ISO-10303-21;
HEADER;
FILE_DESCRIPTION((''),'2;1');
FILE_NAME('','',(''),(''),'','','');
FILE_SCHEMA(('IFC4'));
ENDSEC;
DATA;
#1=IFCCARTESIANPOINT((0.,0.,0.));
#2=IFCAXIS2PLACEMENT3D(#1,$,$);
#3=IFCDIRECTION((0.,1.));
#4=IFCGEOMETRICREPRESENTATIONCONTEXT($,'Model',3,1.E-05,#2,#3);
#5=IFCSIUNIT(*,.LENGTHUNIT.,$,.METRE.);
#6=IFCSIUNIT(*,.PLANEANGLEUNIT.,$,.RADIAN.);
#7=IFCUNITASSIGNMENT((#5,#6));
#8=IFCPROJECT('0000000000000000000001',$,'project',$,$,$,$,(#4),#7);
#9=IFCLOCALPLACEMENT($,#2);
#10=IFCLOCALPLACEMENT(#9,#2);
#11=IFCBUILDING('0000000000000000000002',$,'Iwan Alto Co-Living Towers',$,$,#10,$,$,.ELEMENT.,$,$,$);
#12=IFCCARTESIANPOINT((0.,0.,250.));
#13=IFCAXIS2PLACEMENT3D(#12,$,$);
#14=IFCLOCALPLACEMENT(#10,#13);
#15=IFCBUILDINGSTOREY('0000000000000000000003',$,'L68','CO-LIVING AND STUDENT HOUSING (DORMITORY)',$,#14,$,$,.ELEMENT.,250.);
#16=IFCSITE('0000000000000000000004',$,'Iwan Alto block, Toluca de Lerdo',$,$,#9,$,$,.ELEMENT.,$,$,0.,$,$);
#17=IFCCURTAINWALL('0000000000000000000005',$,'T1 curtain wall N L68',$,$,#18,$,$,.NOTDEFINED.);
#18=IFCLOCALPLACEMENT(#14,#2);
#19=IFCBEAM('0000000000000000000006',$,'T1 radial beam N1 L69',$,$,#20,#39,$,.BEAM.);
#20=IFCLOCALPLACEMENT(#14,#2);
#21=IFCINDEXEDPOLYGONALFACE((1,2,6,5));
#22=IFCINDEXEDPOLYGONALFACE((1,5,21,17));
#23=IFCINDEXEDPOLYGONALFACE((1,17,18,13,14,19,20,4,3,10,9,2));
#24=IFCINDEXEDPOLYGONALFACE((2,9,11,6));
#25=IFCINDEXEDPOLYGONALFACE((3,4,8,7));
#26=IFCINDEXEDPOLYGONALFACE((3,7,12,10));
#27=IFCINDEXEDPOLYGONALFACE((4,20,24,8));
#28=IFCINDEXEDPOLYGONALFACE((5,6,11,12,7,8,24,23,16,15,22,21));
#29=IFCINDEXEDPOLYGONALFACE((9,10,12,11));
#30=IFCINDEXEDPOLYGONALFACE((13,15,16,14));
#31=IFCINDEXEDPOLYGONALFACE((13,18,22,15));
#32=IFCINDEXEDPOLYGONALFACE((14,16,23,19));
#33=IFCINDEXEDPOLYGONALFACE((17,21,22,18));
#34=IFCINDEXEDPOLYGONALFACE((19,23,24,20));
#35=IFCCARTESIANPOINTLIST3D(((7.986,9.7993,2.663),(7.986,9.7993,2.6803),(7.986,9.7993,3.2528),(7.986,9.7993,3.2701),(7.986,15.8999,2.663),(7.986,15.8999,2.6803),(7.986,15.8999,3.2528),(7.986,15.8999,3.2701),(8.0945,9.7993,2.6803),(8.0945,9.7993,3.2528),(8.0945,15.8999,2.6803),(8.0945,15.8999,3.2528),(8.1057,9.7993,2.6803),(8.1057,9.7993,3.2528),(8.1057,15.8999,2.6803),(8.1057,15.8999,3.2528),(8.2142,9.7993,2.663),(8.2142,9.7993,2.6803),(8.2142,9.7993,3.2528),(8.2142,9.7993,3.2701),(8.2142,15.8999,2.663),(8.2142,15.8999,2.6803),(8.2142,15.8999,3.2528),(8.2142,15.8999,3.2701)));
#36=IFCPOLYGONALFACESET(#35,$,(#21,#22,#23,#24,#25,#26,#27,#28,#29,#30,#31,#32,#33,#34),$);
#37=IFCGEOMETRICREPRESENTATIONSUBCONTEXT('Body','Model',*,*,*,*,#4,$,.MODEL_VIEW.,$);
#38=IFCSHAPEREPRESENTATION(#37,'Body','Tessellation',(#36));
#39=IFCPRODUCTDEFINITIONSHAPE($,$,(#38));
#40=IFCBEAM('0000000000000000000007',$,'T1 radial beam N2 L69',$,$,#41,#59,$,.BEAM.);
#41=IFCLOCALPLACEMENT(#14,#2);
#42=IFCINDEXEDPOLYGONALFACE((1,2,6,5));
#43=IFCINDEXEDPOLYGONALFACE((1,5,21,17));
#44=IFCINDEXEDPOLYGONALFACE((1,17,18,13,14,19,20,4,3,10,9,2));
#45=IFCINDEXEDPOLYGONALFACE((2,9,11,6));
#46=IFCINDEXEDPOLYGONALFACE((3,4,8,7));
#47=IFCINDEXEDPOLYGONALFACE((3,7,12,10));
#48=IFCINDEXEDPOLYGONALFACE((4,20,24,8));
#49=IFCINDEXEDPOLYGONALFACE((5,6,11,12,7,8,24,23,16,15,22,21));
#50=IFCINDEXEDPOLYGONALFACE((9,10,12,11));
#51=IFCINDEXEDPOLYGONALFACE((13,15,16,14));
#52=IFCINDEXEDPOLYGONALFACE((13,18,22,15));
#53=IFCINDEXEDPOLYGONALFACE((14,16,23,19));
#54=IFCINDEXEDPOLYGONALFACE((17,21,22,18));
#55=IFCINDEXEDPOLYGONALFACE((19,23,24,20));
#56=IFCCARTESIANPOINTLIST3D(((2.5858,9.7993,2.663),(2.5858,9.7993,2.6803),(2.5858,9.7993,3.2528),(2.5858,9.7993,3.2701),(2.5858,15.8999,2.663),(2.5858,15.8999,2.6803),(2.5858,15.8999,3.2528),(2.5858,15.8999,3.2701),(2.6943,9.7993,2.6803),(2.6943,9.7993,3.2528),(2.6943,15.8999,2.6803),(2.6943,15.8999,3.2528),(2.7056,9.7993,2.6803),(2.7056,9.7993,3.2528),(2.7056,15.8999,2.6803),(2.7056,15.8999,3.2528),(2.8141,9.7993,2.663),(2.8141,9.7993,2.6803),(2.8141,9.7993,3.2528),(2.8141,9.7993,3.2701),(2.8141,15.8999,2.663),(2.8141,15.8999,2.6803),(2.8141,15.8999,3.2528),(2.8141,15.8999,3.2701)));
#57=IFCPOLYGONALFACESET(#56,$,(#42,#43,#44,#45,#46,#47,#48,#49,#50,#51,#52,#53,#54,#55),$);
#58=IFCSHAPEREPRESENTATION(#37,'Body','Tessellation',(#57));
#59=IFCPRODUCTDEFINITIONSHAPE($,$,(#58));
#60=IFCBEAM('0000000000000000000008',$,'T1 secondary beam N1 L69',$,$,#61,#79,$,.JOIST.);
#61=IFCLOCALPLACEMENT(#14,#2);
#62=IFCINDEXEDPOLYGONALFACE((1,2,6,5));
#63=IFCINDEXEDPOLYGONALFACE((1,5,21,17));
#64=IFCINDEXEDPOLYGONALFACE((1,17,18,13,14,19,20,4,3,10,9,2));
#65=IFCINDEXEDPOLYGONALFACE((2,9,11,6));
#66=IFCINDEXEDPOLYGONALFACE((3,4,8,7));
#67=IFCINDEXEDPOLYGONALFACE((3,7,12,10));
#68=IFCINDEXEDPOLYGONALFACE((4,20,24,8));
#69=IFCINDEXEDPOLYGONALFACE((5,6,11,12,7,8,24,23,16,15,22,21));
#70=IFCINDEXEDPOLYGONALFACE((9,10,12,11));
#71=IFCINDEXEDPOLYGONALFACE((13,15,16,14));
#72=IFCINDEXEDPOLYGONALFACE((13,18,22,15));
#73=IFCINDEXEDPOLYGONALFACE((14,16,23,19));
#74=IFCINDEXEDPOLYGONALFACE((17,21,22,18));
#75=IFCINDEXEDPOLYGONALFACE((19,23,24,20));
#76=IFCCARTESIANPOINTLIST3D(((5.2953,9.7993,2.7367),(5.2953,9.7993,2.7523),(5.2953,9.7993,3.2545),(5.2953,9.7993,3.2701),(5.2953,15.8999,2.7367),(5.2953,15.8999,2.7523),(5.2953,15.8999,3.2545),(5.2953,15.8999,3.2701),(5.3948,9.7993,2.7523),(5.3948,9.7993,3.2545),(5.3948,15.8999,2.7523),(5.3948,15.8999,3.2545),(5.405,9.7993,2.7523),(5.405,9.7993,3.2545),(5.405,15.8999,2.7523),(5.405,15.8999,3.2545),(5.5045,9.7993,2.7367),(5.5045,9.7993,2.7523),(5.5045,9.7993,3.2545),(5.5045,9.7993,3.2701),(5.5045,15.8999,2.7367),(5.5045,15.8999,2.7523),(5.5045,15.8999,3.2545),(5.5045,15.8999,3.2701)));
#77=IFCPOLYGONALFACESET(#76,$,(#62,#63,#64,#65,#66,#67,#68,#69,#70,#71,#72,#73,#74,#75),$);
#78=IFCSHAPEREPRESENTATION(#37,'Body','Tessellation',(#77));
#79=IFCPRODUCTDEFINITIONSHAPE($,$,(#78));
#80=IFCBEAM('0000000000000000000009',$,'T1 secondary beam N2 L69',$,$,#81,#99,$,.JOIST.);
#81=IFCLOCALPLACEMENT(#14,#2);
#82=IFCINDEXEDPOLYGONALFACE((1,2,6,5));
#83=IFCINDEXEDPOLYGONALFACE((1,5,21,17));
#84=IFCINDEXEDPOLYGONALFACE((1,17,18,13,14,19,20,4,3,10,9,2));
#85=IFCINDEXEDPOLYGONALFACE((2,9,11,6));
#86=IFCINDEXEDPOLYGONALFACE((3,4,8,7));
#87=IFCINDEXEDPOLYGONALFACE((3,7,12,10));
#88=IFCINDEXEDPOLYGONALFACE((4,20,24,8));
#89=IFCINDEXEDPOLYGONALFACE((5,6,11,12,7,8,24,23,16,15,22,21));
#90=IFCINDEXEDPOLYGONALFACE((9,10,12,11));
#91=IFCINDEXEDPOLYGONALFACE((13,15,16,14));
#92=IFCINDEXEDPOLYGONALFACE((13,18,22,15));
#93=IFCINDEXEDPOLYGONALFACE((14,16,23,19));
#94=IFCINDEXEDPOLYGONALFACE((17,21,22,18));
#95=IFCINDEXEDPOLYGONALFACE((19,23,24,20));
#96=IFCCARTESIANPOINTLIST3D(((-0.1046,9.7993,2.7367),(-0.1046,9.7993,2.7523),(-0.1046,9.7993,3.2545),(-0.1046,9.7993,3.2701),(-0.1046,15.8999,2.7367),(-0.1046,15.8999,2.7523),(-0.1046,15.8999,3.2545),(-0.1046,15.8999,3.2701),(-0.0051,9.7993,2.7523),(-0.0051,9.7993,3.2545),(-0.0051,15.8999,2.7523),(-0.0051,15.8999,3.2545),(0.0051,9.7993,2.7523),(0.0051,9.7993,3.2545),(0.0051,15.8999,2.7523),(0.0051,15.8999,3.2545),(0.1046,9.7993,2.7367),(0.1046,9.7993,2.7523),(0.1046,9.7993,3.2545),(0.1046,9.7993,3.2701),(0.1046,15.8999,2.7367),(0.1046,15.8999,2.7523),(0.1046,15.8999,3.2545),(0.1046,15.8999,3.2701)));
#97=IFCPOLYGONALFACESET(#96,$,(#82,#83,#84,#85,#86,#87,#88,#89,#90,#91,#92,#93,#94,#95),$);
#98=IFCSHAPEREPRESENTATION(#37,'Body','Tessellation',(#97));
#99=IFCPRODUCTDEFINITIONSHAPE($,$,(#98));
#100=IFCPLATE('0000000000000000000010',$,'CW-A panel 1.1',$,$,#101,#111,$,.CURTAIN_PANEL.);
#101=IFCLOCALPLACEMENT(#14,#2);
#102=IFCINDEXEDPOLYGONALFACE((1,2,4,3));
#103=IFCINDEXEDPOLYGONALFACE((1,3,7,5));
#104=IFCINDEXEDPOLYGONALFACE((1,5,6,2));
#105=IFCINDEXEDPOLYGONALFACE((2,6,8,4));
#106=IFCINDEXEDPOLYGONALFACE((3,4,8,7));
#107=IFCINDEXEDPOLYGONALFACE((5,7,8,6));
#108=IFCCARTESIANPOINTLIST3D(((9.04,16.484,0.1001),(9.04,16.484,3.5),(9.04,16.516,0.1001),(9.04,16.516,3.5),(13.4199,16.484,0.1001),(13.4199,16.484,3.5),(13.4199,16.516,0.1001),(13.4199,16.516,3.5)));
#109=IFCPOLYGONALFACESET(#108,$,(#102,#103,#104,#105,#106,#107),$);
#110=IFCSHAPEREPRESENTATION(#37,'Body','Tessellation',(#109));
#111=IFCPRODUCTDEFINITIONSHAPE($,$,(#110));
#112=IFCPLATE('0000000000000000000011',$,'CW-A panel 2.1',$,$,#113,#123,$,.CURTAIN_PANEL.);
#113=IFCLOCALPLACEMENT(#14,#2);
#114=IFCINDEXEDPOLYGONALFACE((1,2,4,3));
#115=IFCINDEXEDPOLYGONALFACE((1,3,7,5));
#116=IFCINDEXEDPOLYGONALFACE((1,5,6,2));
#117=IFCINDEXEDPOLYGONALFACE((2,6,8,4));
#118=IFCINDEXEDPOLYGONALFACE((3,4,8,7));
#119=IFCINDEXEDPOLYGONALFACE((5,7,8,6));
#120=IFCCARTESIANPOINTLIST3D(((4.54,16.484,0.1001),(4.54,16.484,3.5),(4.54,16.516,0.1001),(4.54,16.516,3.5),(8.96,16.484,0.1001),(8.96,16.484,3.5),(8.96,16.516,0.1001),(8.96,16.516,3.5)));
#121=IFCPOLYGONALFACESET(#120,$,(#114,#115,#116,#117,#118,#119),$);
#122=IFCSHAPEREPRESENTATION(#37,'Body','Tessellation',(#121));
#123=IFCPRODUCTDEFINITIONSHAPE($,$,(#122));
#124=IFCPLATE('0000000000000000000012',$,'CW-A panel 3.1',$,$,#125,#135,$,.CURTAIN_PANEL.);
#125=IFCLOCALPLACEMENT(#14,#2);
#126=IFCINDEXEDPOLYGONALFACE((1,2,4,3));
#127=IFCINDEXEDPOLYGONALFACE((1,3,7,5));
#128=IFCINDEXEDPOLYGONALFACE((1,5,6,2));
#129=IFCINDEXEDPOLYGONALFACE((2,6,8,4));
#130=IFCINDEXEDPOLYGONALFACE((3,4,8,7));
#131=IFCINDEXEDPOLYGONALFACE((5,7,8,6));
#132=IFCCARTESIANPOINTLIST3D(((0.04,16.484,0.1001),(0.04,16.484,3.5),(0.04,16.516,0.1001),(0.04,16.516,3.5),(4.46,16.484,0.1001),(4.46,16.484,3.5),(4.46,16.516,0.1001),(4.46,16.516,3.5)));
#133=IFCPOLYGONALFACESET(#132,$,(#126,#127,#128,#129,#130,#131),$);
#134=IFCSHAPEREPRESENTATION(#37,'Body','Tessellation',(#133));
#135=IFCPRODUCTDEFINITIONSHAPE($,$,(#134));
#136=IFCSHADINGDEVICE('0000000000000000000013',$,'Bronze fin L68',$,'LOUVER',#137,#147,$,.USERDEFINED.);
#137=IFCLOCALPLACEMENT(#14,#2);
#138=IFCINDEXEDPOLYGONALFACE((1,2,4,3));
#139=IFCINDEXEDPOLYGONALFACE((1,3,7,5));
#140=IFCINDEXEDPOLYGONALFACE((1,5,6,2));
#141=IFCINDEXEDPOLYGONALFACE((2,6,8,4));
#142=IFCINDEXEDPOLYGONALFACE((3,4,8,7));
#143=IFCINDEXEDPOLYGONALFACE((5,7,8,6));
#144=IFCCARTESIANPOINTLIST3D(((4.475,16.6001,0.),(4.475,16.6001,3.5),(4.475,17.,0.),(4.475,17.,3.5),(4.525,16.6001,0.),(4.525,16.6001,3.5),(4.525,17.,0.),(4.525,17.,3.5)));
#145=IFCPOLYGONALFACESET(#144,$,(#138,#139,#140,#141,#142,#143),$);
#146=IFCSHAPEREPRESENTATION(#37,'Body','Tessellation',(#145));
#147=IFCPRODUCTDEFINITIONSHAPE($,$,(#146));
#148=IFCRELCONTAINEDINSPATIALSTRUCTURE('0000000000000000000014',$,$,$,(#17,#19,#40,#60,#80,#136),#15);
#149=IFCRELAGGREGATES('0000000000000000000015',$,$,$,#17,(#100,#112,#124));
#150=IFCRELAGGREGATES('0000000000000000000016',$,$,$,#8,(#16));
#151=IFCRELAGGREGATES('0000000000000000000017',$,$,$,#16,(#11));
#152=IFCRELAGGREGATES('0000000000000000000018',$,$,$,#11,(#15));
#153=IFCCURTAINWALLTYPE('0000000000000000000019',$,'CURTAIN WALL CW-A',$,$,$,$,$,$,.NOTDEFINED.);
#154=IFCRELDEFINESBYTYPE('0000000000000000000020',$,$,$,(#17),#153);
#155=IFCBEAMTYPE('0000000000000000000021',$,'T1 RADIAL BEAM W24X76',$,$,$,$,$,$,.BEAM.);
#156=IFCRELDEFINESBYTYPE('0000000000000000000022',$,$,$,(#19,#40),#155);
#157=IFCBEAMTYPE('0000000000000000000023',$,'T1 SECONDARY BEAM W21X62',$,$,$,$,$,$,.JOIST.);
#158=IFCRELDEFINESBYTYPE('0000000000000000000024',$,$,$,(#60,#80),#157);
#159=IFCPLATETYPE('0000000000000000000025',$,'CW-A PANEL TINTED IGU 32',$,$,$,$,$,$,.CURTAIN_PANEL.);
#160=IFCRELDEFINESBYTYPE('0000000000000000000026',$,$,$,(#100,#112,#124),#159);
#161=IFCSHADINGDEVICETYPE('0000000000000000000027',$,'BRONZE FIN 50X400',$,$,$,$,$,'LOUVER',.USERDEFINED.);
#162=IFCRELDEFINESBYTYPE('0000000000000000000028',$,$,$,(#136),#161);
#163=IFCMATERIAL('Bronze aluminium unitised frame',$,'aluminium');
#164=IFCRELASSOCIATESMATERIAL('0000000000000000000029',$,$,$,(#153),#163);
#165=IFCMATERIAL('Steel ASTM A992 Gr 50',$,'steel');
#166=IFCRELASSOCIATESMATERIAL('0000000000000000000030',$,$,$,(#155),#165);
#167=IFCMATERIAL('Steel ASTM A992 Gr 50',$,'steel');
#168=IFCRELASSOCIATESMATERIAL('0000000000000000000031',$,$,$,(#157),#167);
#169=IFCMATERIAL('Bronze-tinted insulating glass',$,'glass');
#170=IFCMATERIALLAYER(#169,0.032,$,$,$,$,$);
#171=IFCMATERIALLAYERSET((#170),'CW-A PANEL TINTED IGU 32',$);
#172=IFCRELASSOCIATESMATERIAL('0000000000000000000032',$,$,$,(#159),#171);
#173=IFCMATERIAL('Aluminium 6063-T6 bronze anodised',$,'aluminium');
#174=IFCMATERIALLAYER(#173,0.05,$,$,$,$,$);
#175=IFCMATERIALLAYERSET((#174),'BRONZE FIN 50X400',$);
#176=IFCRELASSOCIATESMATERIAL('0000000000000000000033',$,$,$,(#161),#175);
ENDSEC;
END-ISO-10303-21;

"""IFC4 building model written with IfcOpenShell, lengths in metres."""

from ifc_helpers import new_model, si_unit, direction, frame, origin, origin_2d, place, context, subcontext, project, spatial, rectangle, i_section, extrude, material, layer, layer_set, material_profile, profile_set, type_object, element, aggregate, save


model = new_model("IFC4")

# Units and contexts
model_context = context("Model", 3, precision=1e-05, world=origin(), true_north=direction((0.0, 1.0)))
body_context = subcontext(model_context, "Body", "Model", "MODEL_VIEW")
ifc_project = project(units=[si_unit("LENGTHUNIT", "METRE"), si_unit("PLANEANGLEUNIT", "RADIAN")], contexts=[model_context])

# Site, building, storey
site_placement = place(None, origin())
site = spatial("IfcSite", under=ifc_project, at=site_placement, Name="Iwan Alto block, Toluca de Lerdo", CompositionType="ELEMENT", RefElevation=0.0)
building_placement = place(site_placement, origin())
building = spatial("IfcBuilding", under=site, at=building_placement, Name="Iwan Alto Co-Living Towers", CompositionType="ELEMENT")
storey_placement = place(building_placement, frame((0.0, 0.0, 250.0)))
storey = spatial("IfcBuildingStorey", under=building, at=storey_placement, Name="L68", Description="CO-LIVING AND STUDENT HOUSING (DORMITORY)", CompositionType="ELEMENT", Elevation=250.0)

# Curtain wall
ifc_material_1 = material(Name="Bronze aluminium unitised frame", Category="aluminium")
curtain_wall_type = type_object("IfcCurtainWallType", Name="CURTAIN WALL CW-A", PredefinedType="NOTDEFINED", material=ifc_material_1)
curtain_wall_placement = place(storey_placement, origin())
curtain_wall = element("IfcCurtainWall", 1, at=curtain_wall_placement, inside=storey, type_object=curtain_wall_type, Name="T1 curtain wall N L68", PredefinedType="NOTDEFINED")

# Beams
ifc_material_2 = material(Name="Steel ASTM A992 Gr 50", Category="steel")
ifc_material_profile_1 = material_profile(ifc_material_2, i_section(OverallWidth=0.2283, OverallDepth=0.6072, WebThickness=0.0112, FlangeThickness=0.0173, at=origin_2d()), Name="W24X76")
ifc_profile_set_1 = profile_set([ifc_material_profile_1], Name="Steel ASTM A992 Gr 50")
beam_type_1 = type_object("IfcBeamType", Name="T1 RADIAL BEAM W24X76", PredefinedType="BEAM", material=ifc_profile_set_1)
for number, where, z_axis, x_axis, name in (
    (2, (8.1001, 15.8999, 2.9666), (0.0, -1.0, 0.0), (1.0, 0.0, 0.0), "T1 radial beam N1 L69"),
    (3, (2.7, 15.8999, 2.9666), (0.0, -1.0, 0.0), (1.0, 0.0, 0.0), "T1 radial beam N2 L69"),
):
    element("IfcBeam", number, at=place(storey_placement, frame(where, z_axis=z_axis, x_axis=x_axis)), inside=storey, type_object=beam_type_1, Name=name, PredefinedType="BEAM", context=body_context, shape_type="SweptSolid", body=[
        extrude(i_section(OverallWidth=0.2283, OverallDepth=0.6072, WebThickness=0.0112, FlangeThickness=0.0173, at=origin_2d()), origin(), (0.0, 0.0, 1.0), 6.1006),
    ])
ifc_material_3 = material(Name="Steel ASTM A992 Gr 50", Category="steel")
ifc_material_profile_2 = material_profile(ifc_material_3, i_section(OverallWidth=0.2092, OverallDepth=0.5334, WebThickness=0.0103, FlangeThickness=0.0156, at=origin_2d()), Name="W21X62")
ifc_profile_set_2 = profile_set([ifc_material_profile_2], Name="Steel ASTM A992 Gr 50")
beam_type_2 = type_object("IfcBeamType", Name="T1 SECONDARY BEAM W21X62", PredefinedType="JOIST", material=ifc_profile_set_2)
for number, where, z_axis, x_axis, name in (
    (4, (5.3999, 15.8999, 3.0034), (0.0, -1.0, 0.0), (1.0, 0.0, 0.0), "T1 secondary beam N1 L69"),
    (5, (0.0, 15.8999, 3.0034), (0.0, -1.0, 0.0), (1.0, 0.0, 0.0), "T1 secondary beam N2 L69"),
):
    element("IfcBeam", number, at=place(storey_placement, frame(where, z_axis=z_axis, x_axis=x_axis)), inside=storey, type_object=beam_type_2, Name=name, PredefinedType="JOIST", context=body_context, shape_type="SweptSolid", body=[
        extrude(i_section(OverallWidth=0.2092, OverallDepth=0.5334, WebThickness=0.0103, FlangeThickness=0.0156, at=origin_2d()), origin(), (0.0, 0.0, 1.0), 6.1006),
    ])

# Plates
ifc_material_4 = material(Name="Bronze-tinted insulating glass", Category="glass")
ifc_layer_1 = layer(ifc_material_4, 0.032)
ifc_layer_set_1 = layer_set([ifc_layer_1], Name="CW-A PANEL TINTED IGU 32")
plate_type = type_object("IfcPlateType", Name="CW-A PANEL TINTED IGU 32", PredefinedType="CURTAIN_PANEL", material=ifc_layer_set_1)
plate_1_placement = place(storey_placement, frame((11.23, 16.5, 0.1001), z_axis=(0.0, 0.0, 1.0), x_axis=(-1.0, 0.0, 0.0)))
plate_1 = element("IfcPlate", 6, at=plate_1_placement, type_object=plate_type, Name="CW-A panel 1.1", PredefinedType="CURTAIN_PANEL", context=body_context, shape_type="SweptSolid", body=[
    extrude(rectangle(XDim=4.3799, YDim=0.032, at=origin_2d()), origin(), (0.0, 0.0, 1.0), 3.3999),
])
plate_2_placement = place(storey_placement, frame((6.75, 16.5, 0.1001), z_axis=(0.0, 0.0, 1.0), x_axis=(-1.0, 0.0, 0.0)))
plate_2 = element("IfcPlate", 7, at=plate_2_placement, type_object=plate_type, Name="CW-A panel 2.1", PredefinedType="CURTAIN_PANEL", context=body_context, shape_type="SweptSolid", body=[
    extrude(rectangle(XDim=4.4199, YDim=0.032, at=origin_2d()), origin(), (0.0, 0.0, 1.0), 3.3999),
])
plate_3_placement = place(storey_placement, frame((2.25, 16.5, 0.1001), z_axis=(0.0, 0.0, 1.0), x_axis=(-1.0, 0.0, 0.0)))
plate_3 = element("IfcPlate", 8, at=plate_3_placement, type_object=plate_type, Name="CW-A panel 3.1", PredefinedType="CURTAIN_PANEL", context=body_context, shape_type="SweptSolid", body=[
    extrude(rectangle(XDim=4.4199, YDim=0.032, at=origin_2d()), origin(), (0.0, 0.0, 1.0), 3.3999),
])
aggregate(curtain_wall, [plate_1, plate_2, plate_3])

# Shading device
ifc_material_5 = material(Name="Aluminium 6063-T6 bronze anodised", Category="aluminium")
ifc_layer_2 = layer(ifc_material_5, 0.05)
ifc_layer_set_2 = layer_set([ifc_layer_2], Name="BRONZE FIN 50X400")
shading_device_type = type_object("IfcShadingDeviceType", Name="BRONZE FIN 50X400", ElementType="LOUVER", PredefinedType="USERDEFINED", material=ifc_layer_set_2)
shading_device_placement = place(storey_placement, frame((4.5, 16.8, 0.0), z_axis=(0.0, 0.0, 1.0), x_axis=(-1.0, 0.0, 0.0)))
element("IfcShadingDevice", 9, at=shading_device_placement, inside=storey, type_object=shading_device_type, Name="Bronze fin L68", ObjectType="LOUVER", PredefinedType="USERDEFINED", context=body_context, shape_type="SweptSolid", body=[
    extrude(rectangle(XDim=0.05, YDim=0.3999, at=origin_2d()), origin(), (0.0, 0.0, 1.0), 3.5),
])

save(model, "model.ifc")
